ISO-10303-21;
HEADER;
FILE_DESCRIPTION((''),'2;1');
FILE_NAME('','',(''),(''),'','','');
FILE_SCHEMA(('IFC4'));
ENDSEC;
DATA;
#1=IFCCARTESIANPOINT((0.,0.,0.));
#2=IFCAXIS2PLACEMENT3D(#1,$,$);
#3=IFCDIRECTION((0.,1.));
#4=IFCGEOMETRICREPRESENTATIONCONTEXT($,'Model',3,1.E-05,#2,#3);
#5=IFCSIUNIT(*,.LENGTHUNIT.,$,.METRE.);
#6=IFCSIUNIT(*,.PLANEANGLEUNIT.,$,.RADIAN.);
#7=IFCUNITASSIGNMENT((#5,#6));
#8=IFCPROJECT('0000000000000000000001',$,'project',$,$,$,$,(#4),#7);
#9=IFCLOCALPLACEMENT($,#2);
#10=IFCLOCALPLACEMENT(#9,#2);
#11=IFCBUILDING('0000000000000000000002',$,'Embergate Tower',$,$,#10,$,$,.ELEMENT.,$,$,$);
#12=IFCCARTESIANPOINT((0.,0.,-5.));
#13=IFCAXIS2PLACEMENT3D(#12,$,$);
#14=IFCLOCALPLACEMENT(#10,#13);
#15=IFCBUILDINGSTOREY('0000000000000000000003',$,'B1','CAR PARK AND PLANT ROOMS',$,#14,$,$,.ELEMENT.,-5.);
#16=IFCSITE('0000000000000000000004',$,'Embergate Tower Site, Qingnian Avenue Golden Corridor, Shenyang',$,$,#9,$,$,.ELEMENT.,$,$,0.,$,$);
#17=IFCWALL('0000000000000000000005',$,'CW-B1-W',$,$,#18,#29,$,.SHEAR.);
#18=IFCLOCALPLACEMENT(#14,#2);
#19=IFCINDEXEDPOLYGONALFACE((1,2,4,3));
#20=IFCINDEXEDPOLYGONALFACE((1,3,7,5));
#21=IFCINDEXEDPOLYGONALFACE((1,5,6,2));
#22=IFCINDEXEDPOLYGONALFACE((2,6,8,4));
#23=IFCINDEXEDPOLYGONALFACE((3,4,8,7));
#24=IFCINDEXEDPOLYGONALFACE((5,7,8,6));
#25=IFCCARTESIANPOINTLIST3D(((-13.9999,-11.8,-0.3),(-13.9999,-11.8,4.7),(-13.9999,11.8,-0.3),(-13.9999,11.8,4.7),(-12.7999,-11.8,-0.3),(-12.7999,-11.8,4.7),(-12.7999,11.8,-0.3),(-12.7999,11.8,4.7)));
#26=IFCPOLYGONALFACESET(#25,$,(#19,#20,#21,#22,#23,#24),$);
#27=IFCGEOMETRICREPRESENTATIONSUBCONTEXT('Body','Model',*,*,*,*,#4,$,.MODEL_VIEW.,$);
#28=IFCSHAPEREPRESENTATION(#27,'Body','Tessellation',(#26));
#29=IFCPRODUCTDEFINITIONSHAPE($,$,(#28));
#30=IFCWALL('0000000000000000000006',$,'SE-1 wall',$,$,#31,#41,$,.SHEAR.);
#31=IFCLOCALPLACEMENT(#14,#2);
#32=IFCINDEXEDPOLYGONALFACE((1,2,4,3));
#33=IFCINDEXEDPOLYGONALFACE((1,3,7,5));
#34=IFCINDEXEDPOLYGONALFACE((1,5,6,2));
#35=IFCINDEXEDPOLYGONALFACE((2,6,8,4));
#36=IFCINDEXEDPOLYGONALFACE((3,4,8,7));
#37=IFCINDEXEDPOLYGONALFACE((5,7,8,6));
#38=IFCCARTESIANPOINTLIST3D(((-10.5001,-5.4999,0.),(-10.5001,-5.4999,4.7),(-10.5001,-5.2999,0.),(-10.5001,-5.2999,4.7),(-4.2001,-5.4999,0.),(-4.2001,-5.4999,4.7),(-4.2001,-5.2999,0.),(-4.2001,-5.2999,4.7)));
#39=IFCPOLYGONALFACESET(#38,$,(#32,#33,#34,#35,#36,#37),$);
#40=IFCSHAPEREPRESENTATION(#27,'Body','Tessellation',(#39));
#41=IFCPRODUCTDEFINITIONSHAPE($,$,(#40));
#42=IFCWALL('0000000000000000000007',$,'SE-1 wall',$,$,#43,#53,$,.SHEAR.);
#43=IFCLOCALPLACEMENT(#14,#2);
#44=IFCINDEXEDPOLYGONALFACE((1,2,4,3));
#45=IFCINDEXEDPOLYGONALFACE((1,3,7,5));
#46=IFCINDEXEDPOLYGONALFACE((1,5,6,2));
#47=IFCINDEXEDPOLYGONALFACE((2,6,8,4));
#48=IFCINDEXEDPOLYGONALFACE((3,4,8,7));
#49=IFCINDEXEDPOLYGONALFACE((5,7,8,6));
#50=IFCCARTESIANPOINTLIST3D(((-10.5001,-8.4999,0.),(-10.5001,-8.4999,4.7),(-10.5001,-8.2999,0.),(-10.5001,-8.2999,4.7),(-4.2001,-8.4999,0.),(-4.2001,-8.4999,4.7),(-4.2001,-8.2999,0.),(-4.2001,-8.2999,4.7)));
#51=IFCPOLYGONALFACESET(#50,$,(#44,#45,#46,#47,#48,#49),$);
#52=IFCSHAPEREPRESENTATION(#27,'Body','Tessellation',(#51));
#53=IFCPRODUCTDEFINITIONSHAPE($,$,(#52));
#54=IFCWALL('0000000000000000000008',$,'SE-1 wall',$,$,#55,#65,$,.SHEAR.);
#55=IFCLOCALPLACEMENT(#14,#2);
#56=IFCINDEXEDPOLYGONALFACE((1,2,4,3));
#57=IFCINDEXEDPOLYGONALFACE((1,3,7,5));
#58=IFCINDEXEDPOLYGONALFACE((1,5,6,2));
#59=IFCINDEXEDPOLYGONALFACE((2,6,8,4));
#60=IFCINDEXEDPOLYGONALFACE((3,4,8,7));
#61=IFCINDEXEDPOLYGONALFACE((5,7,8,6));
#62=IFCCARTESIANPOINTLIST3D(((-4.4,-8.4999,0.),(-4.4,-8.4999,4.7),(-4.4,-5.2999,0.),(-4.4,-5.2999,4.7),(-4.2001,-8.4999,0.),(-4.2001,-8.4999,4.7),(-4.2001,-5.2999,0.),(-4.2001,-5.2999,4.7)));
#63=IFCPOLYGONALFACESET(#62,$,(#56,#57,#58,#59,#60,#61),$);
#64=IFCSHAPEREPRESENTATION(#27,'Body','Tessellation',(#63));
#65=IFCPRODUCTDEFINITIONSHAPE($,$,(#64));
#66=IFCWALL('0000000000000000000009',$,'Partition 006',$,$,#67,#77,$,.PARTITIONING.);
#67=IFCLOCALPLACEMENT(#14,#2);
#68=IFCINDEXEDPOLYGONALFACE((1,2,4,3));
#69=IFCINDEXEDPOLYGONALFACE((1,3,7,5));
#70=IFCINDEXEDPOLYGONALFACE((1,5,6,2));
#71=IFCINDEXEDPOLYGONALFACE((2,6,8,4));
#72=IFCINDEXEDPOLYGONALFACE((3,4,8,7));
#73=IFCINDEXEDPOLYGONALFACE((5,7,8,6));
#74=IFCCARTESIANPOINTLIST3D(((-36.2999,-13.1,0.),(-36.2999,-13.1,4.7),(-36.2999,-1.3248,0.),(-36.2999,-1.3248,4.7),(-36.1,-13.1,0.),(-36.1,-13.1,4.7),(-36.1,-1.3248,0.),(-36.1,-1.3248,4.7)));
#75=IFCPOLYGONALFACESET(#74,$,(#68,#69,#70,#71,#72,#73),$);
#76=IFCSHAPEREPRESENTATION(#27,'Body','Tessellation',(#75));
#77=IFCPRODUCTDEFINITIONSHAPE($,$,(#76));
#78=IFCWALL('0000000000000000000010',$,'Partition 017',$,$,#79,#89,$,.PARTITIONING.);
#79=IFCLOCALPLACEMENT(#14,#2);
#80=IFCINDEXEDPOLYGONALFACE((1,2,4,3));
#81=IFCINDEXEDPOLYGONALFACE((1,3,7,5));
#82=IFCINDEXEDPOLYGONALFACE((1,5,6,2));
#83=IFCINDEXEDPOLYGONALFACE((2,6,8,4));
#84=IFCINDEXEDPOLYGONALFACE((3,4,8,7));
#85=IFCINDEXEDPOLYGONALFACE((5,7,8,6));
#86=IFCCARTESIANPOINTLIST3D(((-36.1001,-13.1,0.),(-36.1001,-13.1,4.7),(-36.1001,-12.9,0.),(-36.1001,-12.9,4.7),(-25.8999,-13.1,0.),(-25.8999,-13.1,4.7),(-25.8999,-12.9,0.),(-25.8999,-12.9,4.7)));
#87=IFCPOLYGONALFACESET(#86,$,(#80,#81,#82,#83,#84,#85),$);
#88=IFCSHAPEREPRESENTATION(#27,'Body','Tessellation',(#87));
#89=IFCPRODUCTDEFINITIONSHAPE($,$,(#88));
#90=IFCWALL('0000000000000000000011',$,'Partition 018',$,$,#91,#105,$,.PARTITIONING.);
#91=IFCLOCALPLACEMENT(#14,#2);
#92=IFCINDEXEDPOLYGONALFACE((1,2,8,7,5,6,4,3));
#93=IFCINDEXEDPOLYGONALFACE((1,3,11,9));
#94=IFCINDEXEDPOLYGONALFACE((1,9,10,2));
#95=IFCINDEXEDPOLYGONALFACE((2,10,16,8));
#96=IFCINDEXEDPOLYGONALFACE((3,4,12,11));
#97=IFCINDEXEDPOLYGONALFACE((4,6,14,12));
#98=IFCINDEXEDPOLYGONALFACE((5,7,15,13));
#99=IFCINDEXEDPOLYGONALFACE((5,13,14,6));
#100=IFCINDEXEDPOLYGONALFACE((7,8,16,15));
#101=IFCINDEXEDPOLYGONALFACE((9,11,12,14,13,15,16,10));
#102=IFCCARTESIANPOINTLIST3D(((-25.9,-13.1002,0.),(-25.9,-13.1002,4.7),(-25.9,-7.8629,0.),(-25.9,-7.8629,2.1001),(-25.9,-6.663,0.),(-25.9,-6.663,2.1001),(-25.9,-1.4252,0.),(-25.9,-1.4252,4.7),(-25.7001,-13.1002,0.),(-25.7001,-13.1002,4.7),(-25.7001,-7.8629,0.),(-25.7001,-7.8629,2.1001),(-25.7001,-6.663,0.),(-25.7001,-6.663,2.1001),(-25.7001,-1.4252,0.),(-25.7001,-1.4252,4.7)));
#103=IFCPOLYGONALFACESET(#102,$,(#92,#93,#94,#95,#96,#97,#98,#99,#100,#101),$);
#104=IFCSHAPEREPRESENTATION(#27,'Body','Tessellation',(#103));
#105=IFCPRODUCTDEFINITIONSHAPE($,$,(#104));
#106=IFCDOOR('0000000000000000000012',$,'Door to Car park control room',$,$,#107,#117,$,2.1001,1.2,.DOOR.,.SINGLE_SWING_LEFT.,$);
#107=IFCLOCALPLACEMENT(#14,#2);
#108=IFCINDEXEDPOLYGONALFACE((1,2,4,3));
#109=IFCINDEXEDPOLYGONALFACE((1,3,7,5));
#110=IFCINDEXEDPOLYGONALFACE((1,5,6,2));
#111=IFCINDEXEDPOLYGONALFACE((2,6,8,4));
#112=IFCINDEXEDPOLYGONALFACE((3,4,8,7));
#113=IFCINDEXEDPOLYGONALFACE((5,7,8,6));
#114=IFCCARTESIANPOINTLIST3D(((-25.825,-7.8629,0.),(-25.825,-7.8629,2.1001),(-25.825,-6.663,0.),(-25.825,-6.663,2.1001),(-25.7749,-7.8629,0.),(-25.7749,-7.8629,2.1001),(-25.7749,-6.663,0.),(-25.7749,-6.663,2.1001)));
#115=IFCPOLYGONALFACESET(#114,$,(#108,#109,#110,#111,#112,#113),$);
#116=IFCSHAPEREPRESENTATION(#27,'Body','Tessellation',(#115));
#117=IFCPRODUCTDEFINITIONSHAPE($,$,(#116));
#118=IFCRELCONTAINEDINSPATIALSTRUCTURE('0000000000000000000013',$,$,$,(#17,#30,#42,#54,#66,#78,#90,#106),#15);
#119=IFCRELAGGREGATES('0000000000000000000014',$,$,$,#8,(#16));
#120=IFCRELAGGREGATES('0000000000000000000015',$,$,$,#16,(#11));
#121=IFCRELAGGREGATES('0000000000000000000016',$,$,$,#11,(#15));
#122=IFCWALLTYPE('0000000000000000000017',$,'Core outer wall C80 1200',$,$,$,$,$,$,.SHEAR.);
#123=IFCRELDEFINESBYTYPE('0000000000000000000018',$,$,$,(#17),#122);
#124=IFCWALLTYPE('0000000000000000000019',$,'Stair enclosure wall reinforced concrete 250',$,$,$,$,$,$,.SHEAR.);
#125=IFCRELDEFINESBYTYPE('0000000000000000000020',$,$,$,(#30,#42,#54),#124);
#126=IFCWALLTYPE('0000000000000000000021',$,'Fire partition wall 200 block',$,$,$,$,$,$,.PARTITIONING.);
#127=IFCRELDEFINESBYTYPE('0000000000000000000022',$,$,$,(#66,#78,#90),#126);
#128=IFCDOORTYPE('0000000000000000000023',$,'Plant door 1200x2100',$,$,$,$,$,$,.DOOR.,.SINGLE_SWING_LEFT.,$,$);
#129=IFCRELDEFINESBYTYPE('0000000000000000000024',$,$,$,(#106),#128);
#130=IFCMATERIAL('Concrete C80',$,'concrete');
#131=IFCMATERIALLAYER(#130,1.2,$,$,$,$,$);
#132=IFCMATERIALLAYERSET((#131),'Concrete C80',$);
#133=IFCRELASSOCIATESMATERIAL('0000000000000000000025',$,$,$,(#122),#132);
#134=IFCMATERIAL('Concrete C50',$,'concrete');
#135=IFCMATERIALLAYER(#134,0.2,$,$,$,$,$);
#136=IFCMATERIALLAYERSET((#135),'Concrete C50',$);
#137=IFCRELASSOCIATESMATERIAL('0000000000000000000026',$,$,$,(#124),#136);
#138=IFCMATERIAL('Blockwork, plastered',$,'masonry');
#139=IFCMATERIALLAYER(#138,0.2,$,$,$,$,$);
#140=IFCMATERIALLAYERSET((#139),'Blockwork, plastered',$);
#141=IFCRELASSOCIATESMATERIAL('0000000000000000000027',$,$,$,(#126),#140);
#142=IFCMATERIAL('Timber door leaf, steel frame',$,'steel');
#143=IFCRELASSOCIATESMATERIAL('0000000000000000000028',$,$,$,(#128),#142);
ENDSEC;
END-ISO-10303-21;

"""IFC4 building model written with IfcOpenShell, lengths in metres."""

from ifc_helpers import new_model, si_unit, direction, frame, frame_2d, origin, place, context, subcontext, project, spatial, rectangle, extrude, source, transform, mapped, material, layer, layer_set, type_object, element, fill, save


model = new_model("IFC4")

# Units and contexts
model_context = context("Model", 3, precision=1e-05, world=origin(), true_north=direction((0.0, 1.0)))
body_context = subcontext(model_context, "Body", "Model", "MODEL_VIEW")
ifc_project = project(units=[si_unit("LENGTHUNIT", "METRE"), si_unit("PLANEANGLEUNIT", "RADIAN")], contexts=[model_context])

# Site, building, storey
site_placement = place(None, origin())
site = spatial("IfcSite", under=ifc_project, at=site_placement, Name="Embergate Tower Site, Qingnian Avenue Golden Corridor, Shenyang", CompositionType="ELEMENT", RefElevation=0.0)
building_placement = place(site_placement, origin())
building = spatial("IfcBuilding", under=site, at=building_placement, Name="Embergate Tower", CompositionType="ELEMENT")
storey_placement = place(building_placement, frame((0.0, 0.0, -5.0)))
storey = spatial("IfcBuildingStorey", under=building, at=storey_placement, Name="B1", Description="CAR PARK AND PLANT ROOMS", CompositionType="ELEMENT", Elevation=-5.0)

# Walls
ifc_material_1 = material(Name="Concrete C80", Category="concrete")
ifc_layer_1 = layer(ifc_material_1, 1.2)
ifc_layer_set_1 = layer_set([ifc_layer_1], Name="Concrete C80")
wall_type_1 = type_object("IfcWallType", Name="Core outer wall C80 1200", PredefinedType="SHEAR", material=ifc_layer_set_1)
shared_shape_1 = source(origin(), body_context, "Body", "SweptSolid", [
    extrude(rectangle(XDim=23.6001, YDim=1.2, at=frame_2d((11.8, 0.0))), origin(), (0.0, 0.0, 1.0), 5.0),
])
wall_1_placement = place(storey_placement, frame((-13.3999, -11.8, -0.3), z_axis=(0.0, 0.0, 1.0), x_axis=(0.0, 1.0, 0.0)))
element("IfcWall", 1, at=wall_1_placement, inside=storey, type_object=wall_type_1, Name="CW-B1-W", PredefinedType="SHEAR", context=body_context, shape_type="MappedRepresentation", body=[
    mapped(shared_shape_1, transform((0.0, 0.0, 0.0))),
])
ifc_material_2 = material(Name="Concrete C50", Category="concrete")
ifc_layer_2 = layer(ifc_material_2, 0.2)
ifc_layer_set_2 = layer_set([ifc_layer_2], Name="Concrete C50")
wall_type_2 = type_object("IfcWallType", Name="Stair enclosure wall reinforced concrete 250", PredefinedType="SHEAR", material=ifc_layer_set_2)
shared_shape_2 = source(origin(), body_context, "Body", "SweptSolid", [
    extrude(rectangle(XDim=6.3, YDim=0.2, at=frame_2d((3.1499, 0.0))), origin(), (0.0, 0.0, 1.0), 4.7),
])
for number, where, z_axis, x_axis, name in (
    (2, (-10.5, -5.3999, 0.0), (0.0, 0.0, 1.0), (1.0, 0.0, 0.0), "SE-1 wall"),
    (3, (-10.5, -8.3999, 0.0), (0.0, 0.0, 1.0), (1.0, 0.0, 0.0), "SE-1 wall"),
):
    element("IfcWall", number, at=place(storey_placement, frame(where, z_axis=z_axis, x_axis=x_axis)), inside=storey, type_object=wall_type_2, Name=name, PredefinedType="SHEAR", context=body_context, shape_type="MappedRepresentation", body=[
        mapped(shared_shape_2, transform((0.0, 0.0, 0.0))),
    ])
shared_shape_3 = source(origin(), body_context, "Body", "SweptSolid", [
    extrude(rectangle(XDim=3.2, YDim=0.2, at=frame_2d((1.6001, 0.0))), origin(), (0.0, 0.0, 1.0), 4.7),
])
wall_2_placement = place(storey_placement, frame((-4.3, -8.5, 0.0), z_axis=(0.0, 0.0, 1.0), x_axis=(0.0, 1.0, 0.0)))
element("IfcWall", 4, at=wall_2_placement, inside=storey, type_object=wall_type_2, Name="SE-1 wall", PredefinedType="SHEAR", context=body_context, shape_type="MappedRepresentation", body=[
    mapped(shared_shape_3, transform((0.0, 0.0, 0.0))),
])
ifc_material_3 = material(Name="Blockwork, plastered", Category="masonry")
ifc_layer_3 = layer(ifc_material_3, 0.2)
ifc_layer_set_3 = layer_set([ifc_layer_3], Name="Blockwork, plastered")
wall_type_3 = type_object("IfcWallType", Name="Fire partition wall 200 block", PredefinedType="PARTITIONING", material=ifc_layer_set_3)
shared_shape_4 = source(origin(), body_context, "Body", "SweptSolid", [
    extrude(rectangle(XDim=11.7751, YDim=0.2, at=frame_2d((5.8877, 0.0))), origin(), (0.0, 0.0, 1.0), 4.7),
])
wall_3_placement = place(storey_placement, frame((-36.2, -13.1001, 0.0), z_axis=(0.0, 0.0, 1.0), x_axis=(0.0, 1.0, 0.0)))
element("IfcWall", 5, at=wall_3_placement, inside=storey, type_object=wall_type_3, Name="Partition 006", PredefinedType="PARTITIONING", context=body_context, shape_type="MappedRepresentation", body=[
    mapped(shared_shape_4, transform((0.0, 0.0, 0.0))),
])
shared_shape_5 = source(origin(), body_context, "Body", "SweptSolid", [
    extrude(rectangle(XDim=10.2002, YDim=0.2, at=frame_2d((5.1001, 0.0))), origin(), (0.0, 0.0, 1.0), 4.7),
])
wall_4_placement = place(storey_placement, frame((-25.8999, -13.0, 0.0), z_axis=(0.0, 0.0, 1.0), x_axis=(-1.0, 0.0, 0.0)))
element("IfcWall", 6, at=wall_4_placement, inside=storey, type_object=wall_type_3, Name="Partition 017", PredefinedType="PARTITIONING", context=body_context, shape_type="MappedRepresentation", body=[
    mapped(shared_shape_5, transform((0.0, 0.0, 0.0))),
])

# Wall, opening, door
shared_shape_6 = source(origin(), body_context, "Body", "SweptSolid", [
    extrude(rectangle(XDim=11.675, YDim=0.2, at=frame_2d((5.8374, 0.0))), origin(), (0.0, 0.0, 1.0), 4.7),
])
wall_5_placement = place(storey_placement, frame((-25.8, -13.1001, 0.0), z_axis=(0.0, 0.0, 1.0), x_axis=(0.0, 1.0, 0.0)))
wall_5 = element("IfcWall", 7, at=wall_5_placement, inside=storey, type_object=wall_type_3, Name="Partition 018", PredefinedType="PARTITIONING", context=body_context, shape_type="MappedRepresentation", body=[
    mapped(shared_shape_6, transform((0.0, 0.0, 0.0))),
])
shared_shape_7 = source(origin(), body_context, "Body", "SweptSolid", [
    extrude(rectangle(XDim=1.2, YDim=2.1001, at=frame_2d((0.6001, 1.05))), frame((0.0, 0.1099, 0.0), z_axis=(0.0, -1.0, 0.0), x_axis=(1.0, 0.0, 0.0)), (0.0, 0.0, 1.0), 0.22),
])
opening_placement = place(wall_5_placement, frame((5.2371, 0.0, 0.0)))
opening = element("IfcOpeningElement", 8, at=opening_placement, cuts=wall_5, PredefinedType="OPENING", context=body_context, shape_type="MappedRepresentation", body=[
    mapped(shared_shape_7, transform((0.0, 0.0, 0.0))),
])
ifc_material_4 = material(Name="Timber door leaf, steel frame", Category="steel")
door_type = type_object("IfcDoorType", Name="Plant door 1200x2100", OperationType="SINGLE_SWING_LEFT", PredefinedType="DOOR", material=ifc_material_4)
shared_shape_8 = source(origin(), body_context, "Body", "SweptSolid", [
    extrude(rectangle(XDim=1.2, YDim=2.1001, at=frame_2d((0.6001, 1.05))), frame((0.0, 0.0249, 0.0), z_axis=(0.0, -1.0, 0.0), x_axis=(1.0, 0.0, 0.0)), (0.0, 0.0, 1.0), 0.05),
])
door_placement = place(opening_placement, origin())
door = element("IfcDoor", 9, at=door_placement, inside=storey, type_object=door_type, Name="Door to Car park control room", OperationType="SINGLE_SWING_LEFT", OverallHeight=2.1001, OverallWidth=1.2, PredefinedType="DOOR", context=body_context, shape_type="MappedRepresentation", body=[
    mapped(shared_shape_8, transform((0.0, 0.0, 0.0))),
])
fill(opening, door)

save(model, "model.ifc")
